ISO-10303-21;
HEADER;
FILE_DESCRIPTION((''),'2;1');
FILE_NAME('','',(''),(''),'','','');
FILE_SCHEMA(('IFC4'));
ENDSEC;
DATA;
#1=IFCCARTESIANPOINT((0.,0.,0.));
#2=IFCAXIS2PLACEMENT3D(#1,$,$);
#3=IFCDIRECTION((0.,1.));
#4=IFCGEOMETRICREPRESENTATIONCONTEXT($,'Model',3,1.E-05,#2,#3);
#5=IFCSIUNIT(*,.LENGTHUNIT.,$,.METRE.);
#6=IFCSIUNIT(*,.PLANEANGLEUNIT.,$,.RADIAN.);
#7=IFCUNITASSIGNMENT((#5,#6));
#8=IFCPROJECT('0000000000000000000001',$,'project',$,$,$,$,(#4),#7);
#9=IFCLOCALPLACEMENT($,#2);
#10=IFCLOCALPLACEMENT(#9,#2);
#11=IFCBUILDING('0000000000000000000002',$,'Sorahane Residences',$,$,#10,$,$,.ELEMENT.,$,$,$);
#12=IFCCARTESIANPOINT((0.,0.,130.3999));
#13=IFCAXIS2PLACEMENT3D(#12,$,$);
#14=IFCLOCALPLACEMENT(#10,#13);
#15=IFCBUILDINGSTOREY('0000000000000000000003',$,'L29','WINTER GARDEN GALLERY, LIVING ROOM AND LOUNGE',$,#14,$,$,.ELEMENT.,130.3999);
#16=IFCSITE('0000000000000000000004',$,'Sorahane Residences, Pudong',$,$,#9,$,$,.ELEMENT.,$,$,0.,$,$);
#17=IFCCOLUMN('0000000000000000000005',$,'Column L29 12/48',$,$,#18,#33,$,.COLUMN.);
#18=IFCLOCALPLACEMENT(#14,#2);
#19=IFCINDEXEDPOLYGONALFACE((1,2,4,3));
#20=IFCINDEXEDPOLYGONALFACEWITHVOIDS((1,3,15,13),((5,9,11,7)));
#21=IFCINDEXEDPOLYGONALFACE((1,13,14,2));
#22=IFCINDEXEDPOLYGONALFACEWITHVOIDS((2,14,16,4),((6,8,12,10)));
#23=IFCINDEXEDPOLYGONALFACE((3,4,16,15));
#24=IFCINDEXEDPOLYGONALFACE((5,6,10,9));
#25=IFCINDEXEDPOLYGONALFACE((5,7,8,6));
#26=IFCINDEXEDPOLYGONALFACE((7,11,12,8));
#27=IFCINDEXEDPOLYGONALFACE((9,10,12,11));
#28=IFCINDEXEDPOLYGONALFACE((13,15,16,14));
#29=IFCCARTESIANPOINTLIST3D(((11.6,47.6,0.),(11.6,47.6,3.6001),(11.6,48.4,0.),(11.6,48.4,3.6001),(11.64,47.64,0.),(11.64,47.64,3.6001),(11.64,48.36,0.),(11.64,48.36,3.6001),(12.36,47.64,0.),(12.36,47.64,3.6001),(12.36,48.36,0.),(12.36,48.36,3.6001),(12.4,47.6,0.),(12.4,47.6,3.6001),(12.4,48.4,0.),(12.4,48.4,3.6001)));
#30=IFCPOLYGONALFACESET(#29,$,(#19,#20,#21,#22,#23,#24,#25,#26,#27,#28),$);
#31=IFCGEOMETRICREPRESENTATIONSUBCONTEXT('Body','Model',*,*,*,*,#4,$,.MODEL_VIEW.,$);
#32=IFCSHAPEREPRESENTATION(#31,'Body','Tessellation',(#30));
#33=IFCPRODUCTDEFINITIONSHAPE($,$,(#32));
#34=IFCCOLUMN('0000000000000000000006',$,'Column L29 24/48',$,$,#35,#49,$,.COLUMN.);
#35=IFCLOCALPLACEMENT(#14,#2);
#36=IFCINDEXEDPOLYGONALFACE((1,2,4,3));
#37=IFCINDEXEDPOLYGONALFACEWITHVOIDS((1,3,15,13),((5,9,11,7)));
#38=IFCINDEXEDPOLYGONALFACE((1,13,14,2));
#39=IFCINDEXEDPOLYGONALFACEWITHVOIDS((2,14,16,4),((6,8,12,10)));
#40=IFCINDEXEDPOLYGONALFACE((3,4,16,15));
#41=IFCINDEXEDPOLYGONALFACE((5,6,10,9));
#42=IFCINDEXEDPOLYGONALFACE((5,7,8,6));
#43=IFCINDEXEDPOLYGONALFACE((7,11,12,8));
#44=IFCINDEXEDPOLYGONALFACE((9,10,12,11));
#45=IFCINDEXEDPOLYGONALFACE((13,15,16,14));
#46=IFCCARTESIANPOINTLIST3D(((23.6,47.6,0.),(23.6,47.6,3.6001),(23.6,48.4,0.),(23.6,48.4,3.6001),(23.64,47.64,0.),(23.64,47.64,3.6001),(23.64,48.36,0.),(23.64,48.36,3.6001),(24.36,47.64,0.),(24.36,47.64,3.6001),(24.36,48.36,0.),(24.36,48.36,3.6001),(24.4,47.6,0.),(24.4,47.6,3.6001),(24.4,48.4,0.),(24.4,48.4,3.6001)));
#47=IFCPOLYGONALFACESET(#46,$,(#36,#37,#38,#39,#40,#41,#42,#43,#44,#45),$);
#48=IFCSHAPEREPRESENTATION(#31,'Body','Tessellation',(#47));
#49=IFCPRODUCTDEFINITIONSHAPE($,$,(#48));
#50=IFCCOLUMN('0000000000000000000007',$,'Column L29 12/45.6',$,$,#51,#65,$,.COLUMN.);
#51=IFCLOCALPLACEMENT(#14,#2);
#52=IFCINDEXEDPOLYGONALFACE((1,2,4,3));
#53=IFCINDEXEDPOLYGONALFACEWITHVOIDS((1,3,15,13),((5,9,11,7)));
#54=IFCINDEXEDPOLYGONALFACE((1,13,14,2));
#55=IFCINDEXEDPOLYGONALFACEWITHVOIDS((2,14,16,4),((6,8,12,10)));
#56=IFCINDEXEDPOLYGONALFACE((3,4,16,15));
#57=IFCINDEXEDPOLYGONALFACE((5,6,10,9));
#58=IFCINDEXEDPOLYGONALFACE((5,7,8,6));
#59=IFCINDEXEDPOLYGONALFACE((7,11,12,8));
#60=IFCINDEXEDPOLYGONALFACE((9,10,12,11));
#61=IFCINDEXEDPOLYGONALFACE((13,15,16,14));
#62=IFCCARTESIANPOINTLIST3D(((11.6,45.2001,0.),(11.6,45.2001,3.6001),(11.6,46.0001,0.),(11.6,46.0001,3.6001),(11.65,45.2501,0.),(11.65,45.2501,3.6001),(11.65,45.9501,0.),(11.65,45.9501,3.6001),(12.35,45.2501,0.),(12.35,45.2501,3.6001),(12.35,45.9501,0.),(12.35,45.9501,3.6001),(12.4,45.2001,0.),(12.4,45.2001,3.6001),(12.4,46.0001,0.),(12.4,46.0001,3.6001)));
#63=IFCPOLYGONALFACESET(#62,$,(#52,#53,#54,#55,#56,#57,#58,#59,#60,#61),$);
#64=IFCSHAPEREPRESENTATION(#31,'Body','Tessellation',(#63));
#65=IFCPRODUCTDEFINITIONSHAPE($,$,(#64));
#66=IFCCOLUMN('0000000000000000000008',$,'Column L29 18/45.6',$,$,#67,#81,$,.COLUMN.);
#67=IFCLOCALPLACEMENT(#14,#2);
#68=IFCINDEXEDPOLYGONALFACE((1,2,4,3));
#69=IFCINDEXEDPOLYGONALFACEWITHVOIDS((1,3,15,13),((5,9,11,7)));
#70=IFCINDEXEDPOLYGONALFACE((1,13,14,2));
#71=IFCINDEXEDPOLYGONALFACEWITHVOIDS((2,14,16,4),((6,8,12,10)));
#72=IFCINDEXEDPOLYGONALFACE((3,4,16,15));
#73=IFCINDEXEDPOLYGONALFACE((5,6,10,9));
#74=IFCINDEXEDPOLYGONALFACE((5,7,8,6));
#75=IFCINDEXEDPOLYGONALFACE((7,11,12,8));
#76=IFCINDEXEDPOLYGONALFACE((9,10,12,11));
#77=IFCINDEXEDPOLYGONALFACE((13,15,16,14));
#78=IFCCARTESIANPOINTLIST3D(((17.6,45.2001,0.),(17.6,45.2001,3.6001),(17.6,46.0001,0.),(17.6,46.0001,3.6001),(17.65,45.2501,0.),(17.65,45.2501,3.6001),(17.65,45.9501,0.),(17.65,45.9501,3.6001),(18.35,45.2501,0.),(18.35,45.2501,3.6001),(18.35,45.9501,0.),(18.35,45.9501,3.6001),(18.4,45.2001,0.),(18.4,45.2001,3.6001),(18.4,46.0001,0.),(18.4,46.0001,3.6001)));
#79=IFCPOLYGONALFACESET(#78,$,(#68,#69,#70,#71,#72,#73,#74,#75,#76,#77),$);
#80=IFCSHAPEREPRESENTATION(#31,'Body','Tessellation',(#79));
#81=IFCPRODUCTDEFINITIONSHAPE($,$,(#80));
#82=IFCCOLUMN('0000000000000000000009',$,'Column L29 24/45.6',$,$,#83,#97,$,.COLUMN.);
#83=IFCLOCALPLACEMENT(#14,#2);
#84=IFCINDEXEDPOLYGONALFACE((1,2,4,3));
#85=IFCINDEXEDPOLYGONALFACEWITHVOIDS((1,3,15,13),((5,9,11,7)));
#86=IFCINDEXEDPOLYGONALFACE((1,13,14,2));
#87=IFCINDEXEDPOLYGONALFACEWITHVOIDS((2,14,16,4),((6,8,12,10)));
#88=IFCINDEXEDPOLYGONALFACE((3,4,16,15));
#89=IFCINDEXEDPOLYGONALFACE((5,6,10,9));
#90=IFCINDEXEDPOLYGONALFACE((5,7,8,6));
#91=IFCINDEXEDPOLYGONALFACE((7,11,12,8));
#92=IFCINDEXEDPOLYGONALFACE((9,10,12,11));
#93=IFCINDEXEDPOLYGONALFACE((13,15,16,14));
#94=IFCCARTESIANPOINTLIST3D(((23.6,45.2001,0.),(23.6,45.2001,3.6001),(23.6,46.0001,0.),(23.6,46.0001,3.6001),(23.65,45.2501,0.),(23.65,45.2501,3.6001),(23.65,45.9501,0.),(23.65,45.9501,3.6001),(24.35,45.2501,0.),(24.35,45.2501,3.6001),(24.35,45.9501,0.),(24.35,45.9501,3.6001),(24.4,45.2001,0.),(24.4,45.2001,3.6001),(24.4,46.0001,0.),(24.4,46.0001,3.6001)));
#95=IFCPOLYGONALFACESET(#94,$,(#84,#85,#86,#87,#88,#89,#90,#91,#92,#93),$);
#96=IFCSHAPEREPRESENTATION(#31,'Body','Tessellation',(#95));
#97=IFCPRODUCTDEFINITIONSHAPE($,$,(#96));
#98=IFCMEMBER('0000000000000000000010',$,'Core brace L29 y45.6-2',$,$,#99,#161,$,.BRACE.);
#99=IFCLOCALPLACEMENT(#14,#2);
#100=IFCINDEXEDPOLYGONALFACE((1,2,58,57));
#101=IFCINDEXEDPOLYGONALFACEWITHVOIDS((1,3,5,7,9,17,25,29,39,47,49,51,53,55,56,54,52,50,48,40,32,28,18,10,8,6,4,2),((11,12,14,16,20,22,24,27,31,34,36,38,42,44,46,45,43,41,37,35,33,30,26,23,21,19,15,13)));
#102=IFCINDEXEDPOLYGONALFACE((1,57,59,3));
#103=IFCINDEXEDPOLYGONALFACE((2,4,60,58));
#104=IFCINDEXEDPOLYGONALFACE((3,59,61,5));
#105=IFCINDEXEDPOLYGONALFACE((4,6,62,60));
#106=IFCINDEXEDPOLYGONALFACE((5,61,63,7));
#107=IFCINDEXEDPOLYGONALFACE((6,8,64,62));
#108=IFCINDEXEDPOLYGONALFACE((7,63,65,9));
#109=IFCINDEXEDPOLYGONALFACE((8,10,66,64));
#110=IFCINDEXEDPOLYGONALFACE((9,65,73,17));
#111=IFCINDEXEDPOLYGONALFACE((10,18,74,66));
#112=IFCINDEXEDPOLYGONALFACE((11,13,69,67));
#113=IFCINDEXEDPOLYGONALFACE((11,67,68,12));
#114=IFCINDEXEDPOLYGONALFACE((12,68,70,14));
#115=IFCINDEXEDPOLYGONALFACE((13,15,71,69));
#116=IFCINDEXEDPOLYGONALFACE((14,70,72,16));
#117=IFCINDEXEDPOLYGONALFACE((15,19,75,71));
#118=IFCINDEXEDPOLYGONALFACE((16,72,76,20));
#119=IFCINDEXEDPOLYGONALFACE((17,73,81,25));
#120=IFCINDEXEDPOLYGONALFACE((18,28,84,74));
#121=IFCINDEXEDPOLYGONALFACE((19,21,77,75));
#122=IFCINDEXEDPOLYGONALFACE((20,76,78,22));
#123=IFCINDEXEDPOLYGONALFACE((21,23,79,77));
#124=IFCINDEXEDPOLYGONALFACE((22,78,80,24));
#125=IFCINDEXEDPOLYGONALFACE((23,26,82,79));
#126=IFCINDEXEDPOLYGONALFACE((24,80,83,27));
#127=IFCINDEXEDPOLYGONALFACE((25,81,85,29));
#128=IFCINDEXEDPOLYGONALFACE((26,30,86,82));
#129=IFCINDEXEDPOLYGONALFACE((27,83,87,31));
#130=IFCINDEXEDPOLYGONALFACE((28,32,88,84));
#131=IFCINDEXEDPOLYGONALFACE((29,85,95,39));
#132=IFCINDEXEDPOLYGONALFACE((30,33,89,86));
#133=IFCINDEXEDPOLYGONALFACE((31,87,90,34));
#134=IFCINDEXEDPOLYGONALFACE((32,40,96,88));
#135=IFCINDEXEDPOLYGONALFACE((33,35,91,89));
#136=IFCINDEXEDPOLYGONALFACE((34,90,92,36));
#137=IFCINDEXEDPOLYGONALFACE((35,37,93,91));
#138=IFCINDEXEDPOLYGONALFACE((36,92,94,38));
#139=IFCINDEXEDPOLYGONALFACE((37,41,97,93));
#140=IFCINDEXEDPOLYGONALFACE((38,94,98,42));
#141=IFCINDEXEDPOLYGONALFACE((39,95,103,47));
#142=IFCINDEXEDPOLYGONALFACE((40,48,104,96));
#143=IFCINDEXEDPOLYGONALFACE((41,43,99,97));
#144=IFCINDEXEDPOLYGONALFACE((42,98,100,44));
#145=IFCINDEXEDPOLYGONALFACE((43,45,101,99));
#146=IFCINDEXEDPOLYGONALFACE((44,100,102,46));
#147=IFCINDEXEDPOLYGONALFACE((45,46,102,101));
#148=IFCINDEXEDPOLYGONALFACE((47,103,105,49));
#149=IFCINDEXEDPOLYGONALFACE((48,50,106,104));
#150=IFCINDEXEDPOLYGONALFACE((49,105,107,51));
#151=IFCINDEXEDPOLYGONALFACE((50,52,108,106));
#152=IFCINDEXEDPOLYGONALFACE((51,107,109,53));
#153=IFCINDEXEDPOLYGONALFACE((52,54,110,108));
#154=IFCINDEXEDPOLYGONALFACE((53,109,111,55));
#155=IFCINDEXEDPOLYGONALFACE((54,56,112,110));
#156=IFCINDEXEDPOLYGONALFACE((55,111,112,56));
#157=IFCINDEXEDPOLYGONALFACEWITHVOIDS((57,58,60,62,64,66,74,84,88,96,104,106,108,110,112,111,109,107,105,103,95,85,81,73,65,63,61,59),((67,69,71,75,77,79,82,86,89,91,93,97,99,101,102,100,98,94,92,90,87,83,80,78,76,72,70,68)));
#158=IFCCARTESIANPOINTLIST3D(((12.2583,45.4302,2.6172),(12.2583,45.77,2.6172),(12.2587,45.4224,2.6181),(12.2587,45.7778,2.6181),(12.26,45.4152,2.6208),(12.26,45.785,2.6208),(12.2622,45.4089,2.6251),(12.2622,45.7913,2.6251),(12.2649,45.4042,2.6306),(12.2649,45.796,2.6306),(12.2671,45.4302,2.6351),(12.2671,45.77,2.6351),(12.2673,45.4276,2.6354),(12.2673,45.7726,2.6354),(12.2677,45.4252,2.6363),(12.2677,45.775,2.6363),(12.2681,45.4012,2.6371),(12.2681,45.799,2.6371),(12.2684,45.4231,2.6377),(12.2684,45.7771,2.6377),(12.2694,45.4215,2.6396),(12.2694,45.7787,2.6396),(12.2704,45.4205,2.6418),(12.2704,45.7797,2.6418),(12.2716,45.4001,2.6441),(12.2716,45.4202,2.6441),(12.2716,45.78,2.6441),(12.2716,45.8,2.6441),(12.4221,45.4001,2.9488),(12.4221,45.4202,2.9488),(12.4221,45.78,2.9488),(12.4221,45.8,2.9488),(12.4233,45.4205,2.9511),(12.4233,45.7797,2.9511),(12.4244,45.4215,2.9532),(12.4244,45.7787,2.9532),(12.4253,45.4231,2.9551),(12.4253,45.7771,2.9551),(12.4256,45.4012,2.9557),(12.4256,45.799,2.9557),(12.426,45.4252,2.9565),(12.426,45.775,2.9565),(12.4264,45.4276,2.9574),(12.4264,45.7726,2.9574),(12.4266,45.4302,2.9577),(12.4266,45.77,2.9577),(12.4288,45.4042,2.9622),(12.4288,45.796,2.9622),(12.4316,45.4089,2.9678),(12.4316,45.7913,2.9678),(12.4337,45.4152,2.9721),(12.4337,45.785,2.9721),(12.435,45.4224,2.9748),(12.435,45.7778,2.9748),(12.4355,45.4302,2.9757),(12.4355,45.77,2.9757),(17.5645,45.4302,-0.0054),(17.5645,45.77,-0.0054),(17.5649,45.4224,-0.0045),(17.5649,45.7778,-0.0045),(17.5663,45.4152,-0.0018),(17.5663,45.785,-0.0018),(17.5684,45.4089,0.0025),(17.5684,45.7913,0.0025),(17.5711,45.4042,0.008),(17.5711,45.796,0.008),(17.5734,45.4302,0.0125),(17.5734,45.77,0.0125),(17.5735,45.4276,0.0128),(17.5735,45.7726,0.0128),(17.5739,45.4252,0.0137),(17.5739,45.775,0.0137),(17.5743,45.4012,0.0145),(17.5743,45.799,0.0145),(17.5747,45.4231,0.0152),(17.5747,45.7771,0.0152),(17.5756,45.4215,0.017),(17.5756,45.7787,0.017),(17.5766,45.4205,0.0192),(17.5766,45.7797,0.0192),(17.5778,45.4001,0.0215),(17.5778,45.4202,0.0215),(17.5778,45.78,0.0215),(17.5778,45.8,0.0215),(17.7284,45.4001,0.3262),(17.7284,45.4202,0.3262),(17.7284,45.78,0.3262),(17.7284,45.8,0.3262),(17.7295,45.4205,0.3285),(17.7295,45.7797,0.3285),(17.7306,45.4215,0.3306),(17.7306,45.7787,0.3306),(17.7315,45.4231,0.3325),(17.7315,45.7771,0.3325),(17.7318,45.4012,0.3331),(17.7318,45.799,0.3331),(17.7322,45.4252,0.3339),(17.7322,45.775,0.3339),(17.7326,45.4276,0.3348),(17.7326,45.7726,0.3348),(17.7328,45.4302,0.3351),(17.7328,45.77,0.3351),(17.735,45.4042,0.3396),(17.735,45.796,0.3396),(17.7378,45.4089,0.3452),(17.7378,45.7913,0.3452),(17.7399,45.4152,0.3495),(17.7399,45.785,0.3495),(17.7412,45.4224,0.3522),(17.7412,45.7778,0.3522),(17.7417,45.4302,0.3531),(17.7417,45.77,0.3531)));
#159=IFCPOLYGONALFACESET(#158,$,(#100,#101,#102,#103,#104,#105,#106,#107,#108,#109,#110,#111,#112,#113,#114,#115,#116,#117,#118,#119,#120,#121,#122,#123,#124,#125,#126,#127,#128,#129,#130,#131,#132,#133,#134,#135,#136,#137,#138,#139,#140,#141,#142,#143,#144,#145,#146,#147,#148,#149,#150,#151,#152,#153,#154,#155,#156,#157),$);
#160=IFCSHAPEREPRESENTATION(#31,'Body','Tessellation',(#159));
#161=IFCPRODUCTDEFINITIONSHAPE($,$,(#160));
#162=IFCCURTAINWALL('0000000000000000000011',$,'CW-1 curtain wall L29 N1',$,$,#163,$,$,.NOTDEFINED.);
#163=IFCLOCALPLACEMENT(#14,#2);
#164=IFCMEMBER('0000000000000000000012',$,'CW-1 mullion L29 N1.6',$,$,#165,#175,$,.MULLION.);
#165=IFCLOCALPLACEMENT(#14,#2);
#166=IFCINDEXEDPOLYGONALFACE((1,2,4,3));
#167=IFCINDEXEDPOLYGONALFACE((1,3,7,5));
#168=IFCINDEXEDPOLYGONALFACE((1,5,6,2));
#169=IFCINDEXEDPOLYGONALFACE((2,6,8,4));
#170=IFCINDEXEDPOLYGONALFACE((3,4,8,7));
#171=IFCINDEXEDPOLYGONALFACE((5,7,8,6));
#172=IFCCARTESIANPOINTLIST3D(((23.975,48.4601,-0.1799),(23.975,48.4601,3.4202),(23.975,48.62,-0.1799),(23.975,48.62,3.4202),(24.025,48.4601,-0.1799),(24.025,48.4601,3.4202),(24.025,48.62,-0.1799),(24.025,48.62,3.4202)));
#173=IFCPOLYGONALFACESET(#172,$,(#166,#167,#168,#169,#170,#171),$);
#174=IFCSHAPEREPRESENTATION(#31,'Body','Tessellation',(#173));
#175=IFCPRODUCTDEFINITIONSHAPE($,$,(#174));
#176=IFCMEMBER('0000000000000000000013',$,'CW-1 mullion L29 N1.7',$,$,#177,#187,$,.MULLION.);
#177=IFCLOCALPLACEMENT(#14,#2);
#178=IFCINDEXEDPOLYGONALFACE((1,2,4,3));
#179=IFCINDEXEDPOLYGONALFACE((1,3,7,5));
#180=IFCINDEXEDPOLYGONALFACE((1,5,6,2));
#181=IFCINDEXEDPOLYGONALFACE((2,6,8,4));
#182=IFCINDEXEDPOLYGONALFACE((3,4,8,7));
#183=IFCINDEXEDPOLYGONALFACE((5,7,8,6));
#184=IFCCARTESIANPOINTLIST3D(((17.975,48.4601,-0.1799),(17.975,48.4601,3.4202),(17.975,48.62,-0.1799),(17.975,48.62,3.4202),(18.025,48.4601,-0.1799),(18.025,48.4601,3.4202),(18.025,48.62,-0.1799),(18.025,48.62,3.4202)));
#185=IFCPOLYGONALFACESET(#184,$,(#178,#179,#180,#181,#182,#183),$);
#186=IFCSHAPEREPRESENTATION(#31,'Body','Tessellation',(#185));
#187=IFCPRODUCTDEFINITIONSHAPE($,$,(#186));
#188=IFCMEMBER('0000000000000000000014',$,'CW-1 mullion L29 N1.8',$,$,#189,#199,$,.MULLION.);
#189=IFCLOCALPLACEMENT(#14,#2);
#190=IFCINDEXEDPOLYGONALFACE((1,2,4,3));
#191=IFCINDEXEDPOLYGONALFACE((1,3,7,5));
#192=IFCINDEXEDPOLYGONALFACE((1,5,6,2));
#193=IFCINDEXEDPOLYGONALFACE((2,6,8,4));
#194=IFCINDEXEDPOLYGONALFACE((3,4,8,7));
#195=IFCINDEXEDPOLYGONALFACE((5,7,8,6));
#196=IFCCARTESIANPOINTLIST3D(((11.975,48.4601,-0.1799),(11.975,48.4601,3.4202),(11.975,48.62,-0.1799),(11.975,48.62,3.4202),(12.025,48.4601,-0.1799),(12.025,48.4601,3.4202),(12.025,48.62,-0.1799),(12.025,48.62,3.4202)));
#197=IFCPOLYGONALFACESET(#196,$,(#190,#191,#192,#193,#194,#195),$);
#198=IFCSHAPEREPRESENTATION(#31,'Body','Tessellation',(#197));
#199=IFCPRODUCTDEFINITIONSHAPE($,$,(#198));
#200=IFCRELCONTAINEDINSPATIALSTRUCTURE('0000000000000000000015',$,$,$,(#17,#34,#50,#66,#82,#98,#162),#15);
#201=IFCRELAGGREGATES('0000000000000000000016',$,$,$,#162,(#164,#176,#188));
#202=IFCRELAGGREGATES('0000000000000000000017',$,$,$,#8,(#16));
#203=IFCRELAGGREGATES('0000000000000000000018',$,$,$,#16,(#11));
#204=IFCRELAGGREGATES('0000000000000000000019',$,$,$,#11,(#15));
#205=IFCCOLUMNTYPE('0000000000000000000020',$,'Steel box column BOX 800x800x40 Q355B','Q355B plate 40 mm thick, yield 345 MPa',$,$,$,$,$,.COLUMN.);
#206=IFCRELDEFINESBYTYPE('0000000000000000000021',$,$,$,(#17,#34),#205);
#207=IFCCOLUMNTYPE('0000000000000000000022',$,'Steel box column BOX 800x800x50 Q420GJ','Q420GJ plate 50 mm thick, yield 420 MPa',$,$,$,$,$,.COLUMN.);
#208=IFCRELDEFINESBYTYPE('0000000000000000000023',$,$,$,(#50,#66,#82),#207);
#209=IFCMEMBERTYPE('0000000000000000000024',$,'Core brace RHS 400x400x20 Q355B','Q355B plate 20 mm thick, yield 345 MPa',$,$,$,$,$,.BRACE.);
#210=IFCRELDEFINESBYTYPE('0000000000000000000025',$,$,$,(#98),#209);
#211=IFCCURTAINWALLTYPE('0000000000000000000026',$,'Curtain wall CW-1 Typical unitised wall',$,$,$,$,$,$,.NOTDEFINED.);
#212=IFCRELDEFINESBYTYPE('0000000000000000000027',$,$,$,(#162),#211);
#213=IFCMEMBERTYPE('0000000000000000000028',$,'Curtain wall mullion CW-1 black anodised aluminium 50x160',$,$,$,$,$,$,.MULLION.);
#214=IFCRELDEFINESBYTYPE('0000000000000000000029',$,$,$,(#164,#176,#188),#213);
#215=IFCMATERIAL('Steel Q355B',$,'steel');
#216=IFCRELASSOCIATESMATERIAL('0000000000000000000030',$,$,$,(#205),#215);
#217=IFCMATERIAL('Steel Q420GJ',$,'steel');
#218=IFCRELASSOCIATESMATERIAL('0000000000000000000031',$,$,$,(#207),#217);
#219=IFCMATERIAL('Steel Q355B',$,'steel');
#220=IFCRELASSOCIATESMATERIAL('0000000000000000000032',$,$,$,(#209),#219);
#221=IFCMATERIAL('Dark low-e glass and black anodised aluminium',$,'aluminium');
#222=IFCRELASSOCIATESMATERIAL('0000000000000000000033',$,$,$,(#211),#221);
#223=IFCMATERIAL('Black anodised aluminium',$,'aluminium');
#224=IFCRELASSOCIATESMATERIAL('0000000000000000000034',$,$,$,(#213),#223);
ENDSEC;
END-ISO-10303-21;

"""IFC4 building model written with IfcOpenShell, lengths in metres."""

from ifc_helpers import new_model, si_unit, direction, frame, origin, origin_2d, place, context, subcontext, project, spatial, rectangle, hollow_rectangle, extrude, material, material_profile, profile_set, type_object, element, aggregate, save


model = new_model("IFC4")

# Units and contexts
model_context = context("Model", 3, precision=1e-05, world=origin(), true_north=direction((0.0, 1.0)))
body_context = subcontext(model_context, "Body", "Model", "MODEL_VIEW")
ifc_project = project(units=[si_unit("LENGTHUNIT", "METRE"), si_unit("PLANEANGLEUNIT", "RADIAN")], contexts=[model_context])

# Site, building, storey
site_placement = place(None, origin())
site = spatial("IfcSite", under=ifc_project, at=site_placement, Name="Sorahane Residences, Pudong", CompositionType="ELEMENT", RefElevation=0.0)
building_placement = place(site_placement, origin())
building = spatial("IfcBuilding", under=site, at=building_placement, Name="Sorahane Residences", CompositionType="ELEMENT")
storey_placement = place(building_placement, frame((0.0, 0.0, 130.3999)))
storey = spatial("IfcBuildingStorey", under=building, at=storey_placement, Name="L29", Description="WINTER GARDEN GALLERY, LIVING ROOM AND LOUNGE", CompositionType="ELEMENT", Elevation=130.3999)

# Columns
ifc_material_1 = material(Name="Steel Q355B", Category="steel")
ifc_material_profile_1 = material_profile(ifc_material_1, hollow_rectangle(XDim=0.8, YDim=0.8, WallThickness=0.04, at=origin_2d()), Name="BOX 800x800x40")
ifc_profile_set_1 = profile_set([ifc_material_profile_1], Name="Steel Q355B")
column_type_1 = type_object("IfcColumnType", Name="Steel box column BOX 800x800x40 Q355B", Description="Q355B plate 40 mm thick, yield 345 MPa", PredefinedType="COLUMN", material=ifc_profile_set_1)
for number, where, z_axis, x_axis, name in (
    (1, (12.0, 48.0, 0.0), (0.0, 0.0, 1.0), (1.0, 0.0, 0.0), "Column L29 12/48"),
    (2, (24.0, 48.0, 0.0), (0.0, 0.0, 1.0), (1.0, 0.0, 0.0), "Column L29 24/48"),
):
    element("IfcColumn", number, at=place(storey_placement, frame(where, z_axis=z_axis, x_axis=x_axis)), inside=storey, type_object=column_type_1, Name=name, PredefinedType="COLUMN", context=body_context, shape_type="SweptSolid", body=[
        extrude(hollow_rectangle(XDim=0.8, YDim=0.8, WallThickness=0.04, at=origin_2d()), origin(), (0.0, 0.0, 1.0), 3.6001),
    ])
ifc_material_2 = material(Name="Steel Q420GJ", Category="steel")
ifc_material_profile_2 = material_profile(ifc_material_2, hollow_rectangle(XDim=0.8, YDim=0.8, WallThickness=0.05, at=origin_2d()), Name="BOX 800x800x50")
ifc_profile_set_2 = profile_set([ifc_material_profile_2], Name="Steel Q420GJ")
column_type_2 = type_object("IfcColumnType", Name="Steel box column BOX 800x800x50 Q420GJ", Description="Q420GJ plate 50 mm thick, yield 420 MPa", PredefinedType="COLUMN", material=ifc_profile_set_2)
for number, where, z_axis, x_axis, name in (
    (3, (12.0, 45.6001, 0.0), (0.0, 0.0, 1.0), (1.0, 0.0, 0.0), "Column L29 12/45.6"),
    (4, (18.0, 45.6001, 0.0), (0.0, 0.0, 1.0), (1.0, 0.0, 0.0), "Column L29 18/45.6"),
    (5, (24.0, 45.6001, 0.0), (0.0, 0.0, 1.0), (1.0, 0.0, 0.0), "Column L29 24/45.6"),
):
    element("IfcColumn", number, at=place(storey_placement, frame(where, z_axis=z_axis, x_axis=x_axis)), inside=storey, type_object=column_type_2, Name=name, PredefinedType="COLUMN", context=body_context, shape_type="SweptSolid", body=[
        extrude(hollow_rectangle(XDim=0.8, YDim=0.8, WallThickness=0.05, at=origin_2d()), origin(), (0.0, 0.0, 1.0), 3.6001),
    ])

# Member
ifc_material_3 = material(Name="Steel Q355B", Category="steel")
ifc_material_profile_3 = material_profile(ifc_material_3, hollow_rectangle(XDim=0.3999, YDim=0.3999, WallThickness=0.02, InnerFilletRadius=0.01, OuterFilletRadius=0.03, at=origin_2d()), Name="RHS 400x400x20")
ifc_profile_set_3 = profile_set([ifc_material_profile_3], Name="Steel Q355B")
member_type_1 = type_object("IfcMemberType", Name="Core brace RHS 400x400x20 Q355B", Description="Q355B plate 20 mm thick, yield 345 MPa", PredefinedType="BRACE", material=ifc_profile_set_3)
member_1_placement = place(storey_placement, frame((17.6531, 45.6001, 0.1738), z_axis=(-0.89648, 0.0, 0.443084), x_axis=(0.0, -1.0, 0.0)))
element("IfcMember", 6, at=member_1_placement, inside=storey, type_object=member_type_1, Name="Core brace L29 y45.6-2", PredefinedType="BRACE", context=body_context, shape_type="SweptSolid", body=[
    extrude(hollow_rectangle(XDim=0.3999, YDim=0.3999, WallThickness=0.02, InnerFilletRadius=0.01, OuterFilletRadius=0.03, at=origin_2d()), origin(), (0.0, 0.0, 1.0), 5.9189),
])

# Curtain wall, members
ifc_material_4 = material(Name="Dark low-e glass and black anodised aluminium", Category="aluminium")
curtain_wall_type = type_object("IfcCurtainWallType", Name="Curtain wall CW-1 Typical unitised wall", PredefinedType="NOTDEFINED", material=ifc_material_4)
curtain_wall_placement = place(storey_placement, origin())
curtain_wall = element("IfcCurtainWall", 7, at=curtain_wall_placement, inside=storey, type_object=curtain_wall_type, Name="CW-1 curtain wall L29 N1", PredefinedType="NOTDEFINED")
ifc_material_5 = material(Name="Black anodised aluminium", Category="aluminium")
ifc_material_profile_4 = material_profile(ifc_material_5, rectangle(XDim=0.1599, YDim=0.05, at=origin_2d()), Name="Curtain wall mullion CW-1 black anodised aluminium 50x160")
ifc_profile_set_4 = profile_set([ifc_material_profile_4], Name="Black anodised aluminium")
member_type_2 = type_object("IfcMemberType", Name="Curtain wall mullion CW-1 black anodised aluminium 50x160", PredefinedType="MULLION", material=ifc_profile_set_4)
member_2_placement = place(storey_placement, frame((24.0, 48.54, -0.1799), z_axis=(0.0, 0.0, 1.0), x_axis=(0.0, 1.0, 0.0)))
member_2 = element("IfcMember", 8, at=member_2_placement, type_object=member_type_2, Name="CW-1 mullion L29 N1.6", PredefinedType="MULLION", context=body_context, shape_type="SweptSolid", body=[
    extrude(rectangle(XDim=0.1599, YDim=0.05, at=origin_2d()), origin(), (0.0, 0.0, 1.0), 3.6001),
])
member_3_placement = place(storey_placement, frame((18.0, 48.54, -0.1799), z_axis=(0.0, 0.0, 1.0), x_axis=(0.0, 1.0, 0.0)))
member_3 = element("IfcMember", 9, at=member_3_placement, type_object=member_type_2, Name="CW-1 mullion L29 N1.7", PredefinedType="MULLION", context=body_context, shape_type="SweptSolid", body=[
    extrude(rectangle(XDim=0.1599, YDim=0.05, at=origin_2d()), origin(), (0.0, 0.0, 1.0), 3.6001),
])
member_4_placement = place(storey_placement, frame((12.0, 48.54, -0.1799), z_axis=(0.0, 0.0, 1.0), x_axis=(0.0, 1.0, 0.0)))
member_4 = element("IfcMember", 10, at=member_4_placement, type_object=member_type_2, Name="CW-1 mullion L29 N1.8", PredefinedType="MULLION", context=body_context, shape_type="SweptSolid", body=[
    extrude(rectangle(XDim=0.1599, YDim=0.05, at=origin_2d()), origin(), (0.0, 0.0, 1.0), 3.6001),
])

aggregate(curtain_wall, [member_2, member_3, member_4])

save(model, "model.ifc")
